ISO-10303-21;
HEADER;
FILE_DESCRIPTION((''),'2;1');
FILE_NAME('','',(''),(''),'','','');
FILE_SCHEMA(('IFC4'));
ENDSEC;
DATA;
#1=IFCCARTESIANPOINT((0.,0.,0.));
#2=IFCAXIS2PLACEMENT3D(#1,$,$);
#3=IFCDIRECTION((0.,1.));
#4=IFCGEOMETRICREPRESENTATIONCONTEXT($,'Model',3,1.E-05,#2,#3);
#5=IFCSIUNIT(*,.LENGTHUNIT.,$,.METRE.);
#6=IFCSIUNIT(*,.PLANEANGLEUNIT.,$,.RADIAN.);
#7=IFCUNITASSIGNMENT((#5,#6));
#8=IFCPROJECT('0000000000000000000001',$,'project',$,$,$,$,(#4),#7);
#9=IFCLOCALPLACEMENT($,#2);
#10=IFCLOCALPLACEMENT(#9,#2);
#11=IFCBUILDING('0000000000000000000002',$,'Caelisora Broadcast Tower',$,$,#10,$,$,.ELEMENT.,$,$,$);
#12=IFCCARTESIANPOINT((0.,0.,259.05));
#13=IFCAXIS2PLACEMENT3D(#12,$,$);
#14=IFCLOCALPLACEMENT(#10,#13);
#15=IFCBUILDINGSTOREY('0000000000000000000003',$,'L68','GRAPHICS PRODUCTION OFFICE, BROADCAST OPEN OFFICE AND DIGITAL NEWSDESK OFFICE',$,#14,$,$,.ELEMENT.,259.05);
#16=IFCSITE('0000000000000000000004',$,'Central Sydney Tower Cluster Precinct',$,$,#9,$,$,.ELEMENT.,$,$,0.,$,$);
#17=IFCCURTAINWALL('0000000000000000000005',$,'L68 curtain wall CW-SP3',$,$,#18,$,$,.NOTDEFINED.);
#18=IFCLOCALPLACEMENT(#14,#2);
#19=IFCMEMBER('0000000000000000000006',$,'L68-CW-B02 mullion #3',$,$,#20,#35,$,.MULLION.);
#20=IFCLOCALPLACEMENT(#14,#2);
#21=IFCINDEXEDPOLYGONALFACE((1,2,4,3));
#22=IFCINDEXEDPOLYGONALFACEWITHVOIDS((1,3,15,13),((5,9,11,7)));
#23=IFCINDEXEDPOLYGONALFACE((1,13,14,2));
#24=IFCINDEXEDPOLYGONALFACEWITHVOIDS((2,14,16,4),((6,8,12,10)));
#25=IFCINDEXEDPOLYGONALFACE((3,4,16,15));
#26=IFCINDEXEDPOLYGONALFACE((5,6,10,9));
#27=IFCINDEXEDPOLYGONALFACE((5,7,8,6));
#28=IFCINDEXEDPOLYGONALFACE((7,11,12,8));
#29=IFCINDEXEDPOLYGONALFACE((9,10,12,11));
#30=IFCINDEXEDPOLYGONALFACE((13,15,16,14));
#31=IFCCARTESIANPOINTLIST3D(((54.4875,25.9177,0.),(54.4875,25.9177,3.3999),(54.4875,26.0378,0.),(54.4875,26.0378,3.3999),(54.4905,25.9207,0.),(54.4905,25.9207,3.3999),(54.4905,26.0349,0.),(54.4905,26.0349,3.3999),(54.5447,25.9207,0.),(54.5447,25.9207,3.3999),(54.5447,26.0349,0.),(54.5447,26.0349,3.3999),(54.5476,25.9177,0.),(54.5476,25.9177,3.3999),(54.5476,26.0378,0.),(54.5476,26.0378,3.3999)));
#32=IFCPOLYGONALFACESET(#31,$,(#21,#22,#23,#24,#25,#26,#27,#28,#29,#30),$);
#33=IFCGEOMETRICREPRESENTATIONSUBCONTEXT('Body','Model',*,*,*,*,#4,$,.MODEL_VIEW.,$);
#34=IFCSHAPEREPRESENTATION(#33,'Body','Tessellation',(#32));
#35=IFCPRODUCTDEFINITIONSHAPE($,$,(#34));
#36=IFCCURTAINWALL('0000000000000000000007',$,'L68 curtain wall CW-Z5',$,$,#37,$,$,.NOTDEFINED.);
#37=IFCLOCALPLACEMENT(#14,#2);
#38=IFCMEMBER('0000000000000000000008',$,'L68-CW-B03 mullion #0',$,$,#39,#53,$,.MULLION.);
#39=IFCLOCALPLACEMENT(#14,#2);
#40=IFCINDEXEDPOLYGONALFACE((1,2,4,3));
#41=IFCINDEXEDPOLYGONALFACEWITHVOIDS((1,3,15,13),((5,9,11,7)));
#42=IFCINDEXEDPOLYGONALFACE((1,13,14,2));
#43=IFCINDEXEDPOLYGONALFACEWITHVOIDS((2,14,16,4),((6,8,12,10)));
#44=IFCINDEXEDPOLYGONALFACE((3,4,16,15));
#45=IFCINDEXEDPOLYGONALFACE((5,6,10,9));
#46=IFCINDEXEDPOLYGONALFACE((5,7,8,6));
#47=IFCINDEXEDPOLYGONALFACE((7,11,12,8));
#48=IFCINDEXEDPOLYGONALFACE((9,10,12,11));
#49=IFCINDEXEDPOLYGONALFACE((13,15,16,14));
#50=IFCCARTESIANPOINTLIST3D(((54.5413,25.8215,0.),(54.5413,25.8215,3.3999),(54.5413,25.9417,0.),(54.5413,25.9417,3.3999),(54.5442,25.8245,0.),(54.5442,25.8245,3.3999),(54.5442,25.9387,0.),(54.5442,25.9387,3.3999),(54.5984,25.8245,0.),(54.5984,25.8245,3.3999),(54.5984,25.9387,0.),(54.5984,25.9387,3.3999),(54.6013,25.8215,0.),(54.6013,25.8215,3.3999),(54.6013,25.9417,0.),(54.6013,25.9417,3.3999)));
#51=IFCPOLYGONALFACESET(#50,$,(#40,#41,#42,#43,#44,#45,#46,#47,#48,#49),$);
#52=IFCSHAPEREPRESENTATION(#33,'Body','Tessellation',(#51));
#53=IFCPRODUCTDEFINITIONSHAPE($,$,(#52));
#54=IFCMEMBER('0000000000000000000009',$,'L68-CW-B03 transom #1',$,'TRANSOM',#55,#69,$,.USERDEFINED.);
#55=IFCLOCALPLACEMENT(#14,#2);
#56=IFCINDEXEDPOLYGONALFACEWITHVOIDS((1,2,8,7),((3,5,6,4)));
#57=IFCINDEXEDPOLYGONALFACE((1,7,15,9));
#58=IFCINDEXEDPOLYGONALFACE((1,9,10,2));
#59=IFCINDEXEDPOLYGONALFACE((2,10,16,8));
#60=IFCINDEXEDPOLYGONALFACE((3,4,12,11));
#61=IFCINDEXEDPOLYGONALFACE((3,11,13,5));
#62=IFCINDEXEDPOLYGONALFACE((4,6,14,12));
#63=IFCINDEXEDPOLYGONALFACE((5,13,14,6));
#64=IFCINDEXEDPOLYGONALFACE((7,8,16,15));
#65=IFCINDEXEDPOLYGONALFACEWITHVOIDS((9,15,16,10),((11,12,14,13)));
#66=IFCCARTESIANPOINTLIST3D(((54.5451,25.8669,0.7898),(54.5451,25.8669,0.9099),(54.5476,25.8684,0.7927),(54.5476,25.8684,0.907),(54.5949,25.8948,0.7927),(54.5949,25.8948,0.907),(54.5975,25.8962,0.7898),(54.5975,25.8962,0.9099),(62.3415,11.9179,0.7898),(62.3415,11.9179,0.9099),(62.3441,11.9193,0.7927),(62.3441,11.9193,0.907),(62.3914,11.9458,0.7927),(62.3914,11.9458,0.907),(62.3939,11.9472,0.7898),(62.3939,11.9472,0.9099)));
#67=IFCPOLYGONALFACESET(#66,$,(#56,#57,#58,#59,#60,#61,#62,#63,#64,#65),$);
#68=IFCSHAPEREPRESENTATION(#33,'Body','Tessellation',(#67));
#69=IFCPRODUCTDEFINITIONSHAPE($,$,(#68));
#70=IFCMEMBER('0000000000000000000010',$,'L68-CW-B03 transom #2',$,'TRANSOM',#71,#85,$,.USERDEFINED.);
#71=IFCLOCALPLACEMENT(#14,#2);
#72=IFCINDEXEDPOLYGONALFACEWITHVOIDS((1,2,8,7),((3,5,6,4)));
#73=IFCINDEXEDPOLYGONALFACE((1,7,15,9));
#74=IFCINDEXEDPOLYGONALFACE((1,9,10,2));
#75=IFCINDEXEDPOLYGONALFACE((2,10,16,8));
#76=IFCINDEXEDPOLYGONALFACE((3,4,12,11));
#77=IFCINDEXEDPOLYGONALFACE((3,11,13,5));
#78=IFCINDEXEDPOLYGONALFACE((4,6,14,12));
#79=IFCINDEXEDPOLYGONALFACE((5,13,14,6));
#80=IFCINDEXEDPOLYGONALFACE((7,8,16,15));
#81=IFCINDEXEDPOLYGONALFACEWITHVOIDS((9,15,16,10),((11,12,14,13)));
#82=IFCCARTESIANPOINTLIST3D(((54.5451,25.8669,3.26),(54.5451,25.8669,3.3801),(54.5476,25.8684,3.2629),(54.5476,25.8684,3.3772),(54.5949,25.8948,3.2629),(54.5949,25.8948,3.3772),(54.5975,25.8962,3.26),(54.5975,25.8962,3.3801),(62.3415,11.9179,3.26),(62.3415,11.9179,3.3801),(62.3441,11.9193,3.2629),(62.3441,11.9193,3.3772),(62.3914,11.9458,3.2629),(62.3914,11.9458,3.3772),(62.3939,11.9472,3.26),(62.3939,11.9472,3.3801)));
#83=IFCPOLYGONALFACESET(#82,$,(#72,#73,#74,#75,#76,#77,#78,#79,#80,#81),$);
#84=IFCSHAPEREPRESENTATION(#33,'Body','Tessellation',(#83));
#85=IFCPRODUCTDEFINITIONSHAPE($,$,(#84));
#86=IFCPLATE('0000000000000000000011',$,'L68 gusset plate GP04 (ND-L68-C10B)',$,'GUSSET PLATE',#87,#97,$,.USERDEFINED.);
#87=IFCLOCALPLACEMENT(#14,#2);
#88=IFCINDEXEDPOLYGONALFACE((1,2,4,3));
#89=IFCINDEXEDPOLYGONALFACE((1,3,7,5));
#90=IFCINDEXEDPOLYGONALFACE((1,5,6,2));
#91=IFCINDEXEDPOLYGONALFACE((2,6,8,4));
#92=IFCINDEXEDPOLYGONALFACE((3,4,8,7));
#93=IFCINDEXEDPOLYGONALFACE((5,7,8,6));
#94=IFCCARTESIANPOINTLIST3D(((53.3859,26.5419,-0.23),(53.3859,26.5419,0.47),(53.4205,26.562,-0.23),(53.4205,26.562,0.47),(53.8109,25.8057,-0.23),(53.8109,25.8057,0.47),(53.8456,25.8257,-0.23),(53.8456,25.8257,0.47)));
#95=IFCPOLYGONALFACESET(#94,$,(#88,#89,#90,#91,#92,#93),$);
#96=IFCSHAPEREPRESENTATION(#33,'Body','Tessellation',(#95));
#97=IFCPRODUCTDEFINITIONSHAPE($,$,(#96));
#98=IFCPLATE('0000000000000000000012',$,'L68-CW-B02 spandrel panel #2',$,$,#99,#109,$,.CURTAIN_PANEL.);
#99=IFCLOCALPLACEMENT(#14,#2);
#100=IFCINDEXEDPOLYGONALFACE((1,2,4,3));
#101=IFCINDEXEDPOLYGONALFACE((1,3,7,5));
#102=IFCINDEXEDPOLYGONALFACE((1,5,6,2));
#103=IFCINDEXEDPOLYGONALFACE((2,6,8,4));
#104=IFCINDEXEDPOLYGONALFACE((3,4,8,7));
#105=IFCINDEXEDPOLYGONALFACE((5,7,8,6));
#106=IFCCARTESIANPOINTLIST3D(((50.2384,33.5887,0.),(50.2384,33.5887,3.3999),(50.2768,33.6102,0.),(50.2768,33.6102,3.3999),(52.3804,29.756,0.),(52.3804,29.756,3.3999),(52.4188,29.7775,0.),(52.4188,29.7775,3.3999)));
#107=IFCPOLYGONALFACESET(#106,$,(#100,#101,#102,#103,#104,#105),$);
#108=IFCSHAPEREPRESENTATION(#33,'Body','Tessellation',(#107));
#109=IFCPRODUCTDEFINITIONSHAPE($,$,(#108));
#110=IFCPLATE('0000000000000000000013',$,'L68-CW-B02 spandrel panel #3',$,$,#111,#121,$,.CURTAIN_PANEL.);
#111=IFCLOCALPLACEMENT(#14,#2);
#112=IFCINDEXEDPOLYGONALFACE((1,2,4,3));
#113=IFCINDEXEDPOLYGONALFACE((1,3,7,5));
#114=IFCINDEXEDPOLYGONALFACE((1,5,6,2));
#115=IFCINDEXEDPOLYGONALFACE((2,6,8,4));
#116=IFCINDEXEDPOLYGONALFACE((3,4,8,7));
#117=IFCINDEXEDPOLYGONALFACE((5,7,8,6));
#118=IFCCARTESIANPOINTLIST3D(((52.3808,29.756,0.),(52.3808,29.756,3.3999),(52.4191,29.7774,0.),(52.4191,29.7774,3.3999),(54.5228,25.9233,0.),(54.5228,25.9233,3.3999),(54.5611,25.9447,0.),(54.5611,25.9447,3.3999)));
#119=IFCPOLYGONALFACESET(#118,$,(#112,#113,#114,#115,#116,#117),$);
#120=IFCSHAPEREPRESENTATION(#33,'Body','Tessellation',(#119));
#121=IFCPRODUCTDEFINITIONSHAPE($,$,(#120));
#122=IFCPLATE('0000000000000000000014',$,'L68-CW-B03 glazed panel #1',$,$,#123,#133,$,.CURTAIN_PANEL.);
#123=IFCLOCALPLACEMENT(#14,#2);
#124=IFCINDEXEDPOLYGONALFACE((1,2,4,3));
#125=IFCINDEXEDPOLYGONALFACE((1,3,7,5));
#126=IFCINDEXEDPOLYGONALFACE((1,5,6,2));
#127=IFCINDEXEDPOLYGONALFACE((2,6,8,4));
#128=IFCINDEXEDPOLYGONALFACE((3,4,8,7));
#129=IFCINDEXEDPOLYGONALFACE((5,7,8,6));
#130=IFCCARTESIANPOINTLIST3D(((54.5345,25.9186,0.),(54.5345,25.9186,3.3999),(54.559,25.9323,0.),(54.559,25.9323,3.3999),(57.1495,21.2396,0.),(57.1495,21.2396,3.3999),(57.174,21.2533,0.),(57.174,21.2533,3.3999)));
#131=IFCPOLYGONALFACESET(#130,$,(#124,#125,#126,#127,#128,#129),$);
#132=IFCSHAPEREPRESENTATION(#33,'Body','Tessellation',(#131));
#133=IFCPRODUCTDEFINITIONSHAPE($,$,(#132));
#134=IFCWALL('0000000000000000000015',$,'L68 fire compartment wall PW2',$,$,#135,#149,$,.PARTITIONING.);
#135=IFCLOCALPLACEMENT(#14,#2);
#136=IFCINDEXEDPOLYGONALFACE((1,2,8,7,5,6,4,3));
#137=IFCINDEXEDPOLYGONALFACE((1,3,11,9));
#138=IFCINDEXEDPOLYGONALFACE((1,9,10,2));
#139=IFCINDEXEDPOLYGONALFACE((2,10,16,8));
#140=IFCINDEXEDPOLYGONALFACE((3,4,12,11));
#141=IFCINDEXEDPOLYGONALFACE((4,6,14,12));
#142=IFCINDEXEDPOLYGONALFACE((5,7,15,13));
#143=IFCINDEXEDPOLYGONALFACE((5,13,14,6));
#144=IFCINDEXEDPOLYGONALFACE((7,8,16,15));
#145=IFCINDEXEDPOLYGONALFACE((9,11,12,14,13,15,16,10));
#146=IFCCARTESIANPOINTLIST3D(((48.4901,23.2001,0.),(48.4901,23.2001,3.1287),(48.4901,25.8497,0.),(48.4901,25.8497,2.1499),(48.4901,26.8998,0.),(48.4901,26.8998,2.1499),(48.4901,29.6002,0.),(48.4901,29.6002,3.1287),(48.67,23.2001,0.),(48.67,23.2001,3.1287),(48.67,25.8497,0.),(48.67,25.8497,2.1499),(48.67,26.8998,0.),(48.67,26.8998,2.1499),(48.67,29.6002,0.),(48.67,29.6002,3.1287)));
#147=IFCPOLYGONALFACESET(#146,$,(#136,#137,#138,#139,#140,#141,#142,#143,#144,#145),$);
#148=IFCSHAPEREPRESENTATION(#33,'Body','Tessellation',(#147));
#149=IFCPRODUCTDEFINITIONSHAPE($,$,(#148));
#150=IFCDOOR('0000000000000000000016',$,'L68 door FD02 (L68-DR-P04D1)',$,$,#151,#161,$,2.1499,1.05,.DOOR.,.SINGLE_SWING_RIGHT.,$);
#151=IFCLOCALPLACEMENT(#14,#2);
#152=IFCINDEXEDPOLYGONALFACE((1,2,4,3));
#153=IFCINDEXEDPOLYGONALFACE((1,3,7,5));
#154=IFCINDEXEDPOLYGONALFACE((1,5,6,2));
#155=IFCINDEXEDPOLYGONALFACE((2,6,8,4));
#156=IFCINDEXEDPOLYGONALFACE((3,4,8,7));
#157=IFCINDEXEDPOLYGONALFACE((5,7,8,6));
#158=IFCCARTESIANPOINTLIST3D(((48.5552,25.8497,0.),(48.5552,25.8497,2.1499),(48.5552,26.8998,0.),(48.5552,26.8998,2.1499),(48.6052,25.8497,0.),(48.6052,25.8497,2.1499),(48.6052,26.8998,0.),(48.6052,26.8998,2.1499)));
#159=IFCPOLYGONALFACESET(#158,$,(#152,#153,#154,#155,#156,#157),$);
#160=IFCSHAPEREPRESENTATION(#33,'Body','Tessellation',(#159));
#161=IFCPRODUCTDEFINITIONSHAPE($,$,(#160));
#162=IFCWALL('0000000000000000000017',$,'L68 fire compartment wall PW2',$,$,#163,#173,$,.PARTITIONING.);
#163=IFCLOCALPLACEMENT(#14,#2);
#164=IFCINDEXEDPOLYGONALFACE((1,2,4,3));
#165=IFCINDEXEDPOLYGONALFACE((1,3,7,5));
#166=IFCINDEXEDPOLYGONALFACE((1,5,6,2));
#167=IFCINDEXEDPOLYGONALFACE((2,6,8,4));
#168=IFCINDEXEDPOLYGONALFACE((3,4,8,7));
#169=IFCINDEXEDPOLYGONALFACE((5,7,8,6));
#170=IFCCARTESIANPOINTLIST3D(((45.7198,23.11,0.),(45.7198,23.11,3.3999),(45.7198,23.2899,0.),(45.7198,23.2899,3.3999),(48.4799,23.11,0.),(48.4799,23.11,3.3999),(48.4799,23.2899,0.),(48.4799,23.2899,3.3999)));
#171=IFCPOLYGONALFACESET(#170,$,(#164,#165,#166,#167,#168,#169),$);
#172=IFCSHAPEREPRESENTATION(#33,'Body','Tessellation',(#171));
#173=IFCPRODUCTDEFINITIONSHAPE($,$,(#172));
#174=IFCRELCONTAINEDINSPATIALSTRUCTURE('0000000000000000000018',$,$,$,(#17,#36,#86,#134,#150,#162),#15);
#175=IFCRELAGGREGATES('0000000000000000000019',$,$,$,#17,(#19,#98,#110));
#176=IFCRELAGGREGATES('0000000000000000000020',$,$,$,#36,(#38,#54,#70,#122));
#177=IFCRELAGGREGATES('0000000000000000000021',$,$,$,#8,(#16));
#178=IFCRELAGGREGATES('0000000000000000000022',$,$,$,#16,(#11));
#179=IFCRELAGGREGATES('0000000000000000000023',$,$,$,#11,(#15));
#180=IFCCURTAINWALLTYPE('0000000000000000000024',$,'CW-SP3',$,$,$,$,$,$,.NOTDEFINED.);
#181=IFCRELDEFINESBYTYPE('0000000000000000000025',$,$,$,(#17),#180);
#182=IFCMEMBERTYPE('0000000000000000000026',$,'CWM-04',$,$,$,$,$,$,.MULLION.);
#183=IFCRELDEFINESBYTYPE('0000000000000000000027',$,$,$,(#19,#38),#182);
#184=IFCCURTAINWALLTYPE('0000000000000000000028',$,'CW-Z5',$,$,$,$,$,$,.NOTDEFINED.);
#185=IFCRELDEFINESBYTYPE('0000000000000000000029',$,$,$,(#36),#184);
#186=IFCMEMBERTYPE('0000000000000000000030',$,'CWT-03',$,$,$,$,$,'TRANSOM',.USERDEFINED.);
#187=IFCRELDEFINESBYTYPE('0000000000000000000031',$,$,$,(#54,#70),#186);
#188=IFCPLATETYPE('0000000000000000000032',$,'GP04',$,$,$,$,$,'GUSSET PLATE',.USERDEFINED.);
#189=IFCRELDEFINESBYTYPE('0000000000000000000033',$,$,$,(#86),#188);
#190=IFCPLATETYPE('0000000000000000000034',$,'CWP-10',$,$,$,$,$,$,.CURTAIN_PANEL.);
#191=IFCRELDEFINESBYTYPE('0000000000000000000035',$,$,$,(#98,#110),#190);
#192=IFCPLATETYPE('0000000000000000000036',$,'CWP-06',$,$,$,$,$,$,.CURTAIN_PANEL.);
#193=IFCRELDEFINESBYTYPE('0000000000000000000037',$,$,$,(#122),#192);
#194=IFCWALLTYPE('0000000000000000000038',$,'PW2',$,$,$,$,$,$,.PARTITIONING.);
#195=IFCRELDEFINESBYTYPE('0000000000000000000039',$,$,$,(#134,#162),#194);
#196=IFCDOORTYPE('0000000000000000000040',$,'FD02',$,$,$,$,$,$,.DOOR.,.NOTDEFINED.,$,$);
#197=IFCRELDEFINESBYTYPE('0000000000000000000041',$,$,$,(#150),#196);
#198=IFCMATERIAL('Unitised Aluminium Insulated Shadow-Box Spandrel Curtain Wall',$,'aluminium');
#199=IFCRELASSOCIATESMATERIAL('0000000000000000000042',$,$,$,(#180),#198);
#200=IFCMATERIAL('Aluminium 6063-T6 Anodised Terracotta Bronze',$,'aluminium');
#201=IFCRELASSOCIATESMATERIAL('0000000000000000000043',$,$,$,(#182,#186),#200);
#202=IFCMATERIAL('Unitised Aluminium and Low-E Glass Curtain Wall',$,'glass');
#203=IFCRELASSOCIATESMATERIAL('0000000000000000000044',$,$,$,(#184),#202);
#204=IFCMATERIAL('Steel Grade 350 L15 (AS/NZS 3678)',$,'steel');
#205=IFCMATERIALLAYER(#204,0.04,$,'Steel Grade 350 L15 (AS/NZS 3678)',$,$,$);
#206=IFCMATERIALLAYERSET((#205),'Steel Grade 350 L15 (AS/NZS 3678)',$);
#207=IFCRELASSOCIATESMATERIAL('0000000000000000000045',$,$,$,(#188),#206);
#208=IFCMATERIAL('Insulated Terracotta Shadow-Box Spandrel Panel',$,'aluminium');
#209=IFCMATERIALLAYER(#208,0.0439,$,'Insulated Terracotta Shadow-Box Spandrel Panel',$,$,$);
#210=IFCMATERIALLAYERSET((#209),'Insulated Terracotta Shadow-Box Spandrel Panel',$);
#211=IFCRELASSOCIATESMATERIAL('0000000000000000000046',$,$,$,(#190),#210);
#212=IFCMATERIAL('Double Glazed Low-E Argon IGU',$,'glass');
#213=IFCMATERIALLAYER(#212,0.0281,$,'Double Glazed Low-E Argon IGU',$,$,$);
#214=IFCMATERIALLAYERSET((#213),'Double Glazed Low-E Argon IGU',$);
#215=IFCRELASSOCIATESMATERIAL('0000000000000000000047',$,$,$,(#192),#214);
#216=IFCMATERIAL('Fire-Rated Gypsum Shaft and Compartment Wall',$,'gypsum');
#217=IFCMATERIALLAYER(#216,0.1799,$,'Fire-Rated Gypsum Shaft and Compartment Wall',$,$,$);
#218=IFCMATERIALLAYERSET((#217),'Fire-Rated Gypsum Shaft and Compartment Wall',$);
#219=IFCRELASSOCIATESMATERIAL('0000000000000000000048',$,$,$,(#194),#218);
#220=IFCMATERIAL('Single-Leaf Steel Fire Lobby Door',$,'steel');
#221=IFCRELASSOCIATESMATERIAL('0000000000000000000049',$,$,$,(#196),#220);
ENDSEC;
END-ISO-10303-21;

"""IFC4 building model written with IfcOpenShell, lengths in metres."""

from ifc_helpers import new_model, si_unit, direction, frame, frame_2d, origin, origin_2d, place, context, subcontext, project, spatial, rectangle, hollow_rectangle, extrude, source, transform, mapped, material, layer, layer_set, material_profile, profile_set, type_object, type_shapes, element, fill, aggregate, save


model = new_model("IFC4")

# Units and contexts
model_context = context("Model", 3, precision=1e-05, world=origin(), true_north=direction((0.0, 1.0)))
body_context = subcontext(model_context, "Body", "Model", "MODEL_VIEW")
ifc_project = project(units=[si_unit("LENGTHUNIT", "METRE"), si_unit("PLANEANGLEUNIT", "RADIAN")], contexts=[model_context])

# Site, building, storey
site_placement = place(None, origin())
site = spatial("IfcSite", under=ifc_project, at=site_placement, Name="Central Sydney Tower Cluster Precinct", CompositionType="ELEMENT", RefElevation=0.0)
building_placement = place(site_placement, origin())
building = spatial("IfcBuilding", under=site, at=building_placement, Name="Caelisora Broadcast Tower", CompositionType="ELEMENT")
storey_placement = place(building_placement, frame((0.0, 0.0, 259.05)))
storey = spatial("IfcBuildingStorey", under=building, at=storey_placement, Name="L68", Description="GRAPHICS PRODUCTION OFFICE, BROADCAST OPEN OFFICE AND DIGITAL NEWSDESK OFFICE", CompositionType="ELEMENT", Elevation=259.05)

# Shared definitions
ifc_material_1 = material(Name="Steel Grade 350 L15 (AS/NZS 3678)", Category="steel")

# Curtain walls, members
ifc_material_2 = material(Name="Unitised Aluminium Insulated Shadow-Box Spandrel Curtain Wall", Category="aluminium")
curtain_wall_type_1 = type_object("IfcCurtainWallType", Name="CW-SP3", PredefinedType="NOTDEFINED", material=ifc_material_2)
curtain_wall_1_placement = place(storey_placement, origin())
curtain_wall_1 = element("IfcCurtainWall", 1, at=curtain_wall_1_placement, inside=storey, type_object=curtain_wall_type_1, Name="L68 curtain wall CW-SP3", PredefinedType="NOTDEFINED")
ifc_material_3 = material(Name="Aluminium 6063-T6 Anodised Terracotta Bronze", Category="aluminium")
ifc_material_profile_1 = material_profile(ifc_material_3, hollow_rectangle(XDim=0.0601, YDim=0.1201, WallThickness=0.0029, at=origin_2d()), Name="Aluminium 6063-T6 Anodised Terracotta Bronze")
ifc_profile_set_1 = profile_set([ifc_material_profile_1], Name="Aluminium 6063-T6 Anodised Terracotta Bronze")
member_type_1 = type_object("IfcMemberType", Name="CWM-04", PredefinedType="MULLION", material=ifc_profile_set_1)
shared_shape_1 = source(origin(), body_context, "Body", "SweptSolid", [
    extrude(hollow_rectangle(XDim=0.0601, YDim=0.1201, WallThickness=0.0029, at=origin_2d()), origin(), (0.0, 0.0, 1.0), 3.3999),
])
type_shapes(member_type_1, [shared_shape_1])
member_1_placement = place(storey_placement, frame((54.5176, 25.9778, 0.0), z_axis=(0.0, 0.0, 1.0), x_axis=(1.0, 0.0, 0.0)))
member_1 = element("IfcMember", 2, at=member_1_placement, type_object=member_type_1, Name="L68-CW-B02 mullion #3", PredefinedType="MULLION", context=body_context, shape_type="MappedRepresentation", body=[
    mapped(shared_shape_1, transform((0.0, 0.0, 0.0), scale=1.0)),
])
ifc_material_4 = material(Name="Unitised Aluminium and Low-E Glass Curtain Wall", Category="glass")
curtain_wall_type_2 = type_object("IfcCurtainWallType", Name="CW-Z5", PredefinedType="NOTDEFINED", material=ifc_material_4)
curtain_wall_2_placement = place(storey_placement, origin())
curtain_wall_2 = element("IfcCurtainWall", 3, at=curtain_wall_2_placement, inside=storey, type_object=curtain_wall_type_2, Name="L68 curtain wall CW-Z5", PredefinedType="NOTDEFINED")
member_2_placement = place(storey_placement, frame((54.5713, 25.8816, 0.0), z_axis=(0.0, 0.0, 1.0), x_axis=(1.0, 0.0, 0.0)))
member_2 = element("IfcMember", 4, at=member_2_placement, type_object=member_type_1, Name="L68-CW-B03 mullion #0", PredefinedType="MULLION", context=body_context, shape_type="MappedRepresentation", body=[
    mapped(shared_shape_1, transform((0.0, 0.0, 0.0), scale=1.0)),
])
ifc_material_profile_2 = material_profile(ifc_material_3, hollow_rectangle(XDim=0.0601, YDim=0.1201, WallThickness=0.0029, at=origin_2d()), Name="Aluminium 6063-T6 Anodised Terracotta Bronze")
ifc_profile_set_2 = profile_set([ifc_material_profile_2], Name="Aluminium 6063-T6 Anodised Terracotta Bronze")
member_type_2 = type_object("IfcMemberType", Name="CWT-03", ElementType="TRANSOM", PredefinedType="USERDEFINED", material=ifc_profile_set_2)
shared_shape_2 = source(origin(), body_context, "Body", "SweptSolid", [
    extrude(hollow_rectangle(XDim=0.0601, YDim=0.1201, WallThickness=0.0029, at=origin_2d()), origin(), (0.0, 0.0, 1.0), 15.98),
])
type_shapes(member_type_2, [shared_shape_2])
member_3_placement = place(storey_placement, frame((54.5713, 25.8816, 0.8499), z_axis=(0.487887, -0.872907, 0.0), x_axis=(0.872907, 0.487887, 0.0)))
member_3 = element("IfcMember", 5, at=member_3_placement, type_object=member_type_2, Name="L68-CW-B03 transom #1", ObjectType="TRANSOM", PredefinedType="USERDEFINED", context=body_context, shape_type="MappedRepresentation", body=[
    mapped(shared_shape_2, transform((0.0, 0.0, 0.0), scale=1.0)),
])
member_4_placement = place(storey_placement, frame((54.5713, 25.8816, 3.3201), z_axis=(0.487887, -0.872907, 0.0), x_axis=(0.872907, 0.487887, 0.0)))
member_4 = element("IfcMember", 6, at=member_4_placement, type_object=member_type_2, Name="L68-CW-B03 transom #2", ObjectType="TRANSOM", PredefinedType="USERDEFINED", context=body_context, shape_type="MappedRepresentation", body=[
    mapped(shared_shape_2, transform((0.0, 0.0, 0.0), scale=1.0)),
])

# Plates
ifc_layer_1 = layer(ifc_material_1, 0.04, Name="Steel Grade 350 L15 (AS/NZS 3678)")
ifc_layer_set_1 = layer_set([ifc_layer_1], Name="Steel Grade 350 L15 (AS/NZS 3678)")
plate_type_1 = type_object("IfcPlateType", Name="GP04", ElementType="GUSSET PLATE", PredefinedType="USERDEFINED", material=ifc_layer_set_1)
shared_shape_3 = source(origin(), body_context, "Body", "SweptSolid", [
    extrude(rectangle(XDim=0.8501, YDim=0.04, at=origin_2d()), origin(), (0.0, 0.0, 1.0), 0.7),
])
type_shapes(plate_type_1, [shared_shape_3])
plate_1_placement = place(storey_placement, frame((53.6157, 26.1838, -0.23), z_axis=(0.0, 0.0, 1.0), x_axis=(-0.5, 0.866025, 0.0)))
element("IfcPlate", 7, at=plate_1_placement, inside=storey, type_object=plate_type_1, Name="L68 gusset plate GP04 (ND-L68-C10B)", ObjectType="GUSSET PLATE", PredefinedType="USERDEFINED", context=body_context, shape_type="MappedRepresentation", body=[
    mapped(shared_shape_3, transform((0.0, 0.0, 0.0), scale=1.0)),
])
ifc_material_5 = material(Name="Insulated Terracotta Shadow-Box Spandrel Panel", Category="aluminium")
ifc_layer_2 = layer(ifc_material_5, 0.0439, Name="Insulated Terracotta Shadow-Box Spandrel Panel")
ifc_layer_set_2 = layer_set([ifc_layer_2], Name="Insulated Terracotta Shadow-Box Spandrel Panel")
plate_type_2 = type_object("IfcPlateType", Name="CWP-10", PredefinedType="CURTAIN_PANEL", material=ifc_layer_set_2)
shared_shape_4 = source(origin(), body_context, "Body", "SweptSolid", [
    extrude(rectangle(XDim=4.3906, YDim=0.0439, at=origin_2d()), origin(), (0.0, 0.0, 1.0), 3.3999),
])
type_shapes(plate_type_2, [shared_shape_4])
plate_2_placement = place(storey_placement, frame((51.3286, 31.6831, 0.0), z_axis=(0.0, 0.0, 1.0), x_axis=(0.48786, -0.872922, 0.0)))
plate_2 = element("IfcPlate", 8, at=plate_2_placement, type_object=plate_type_2, Name="L68-CW-B02 spandrel panel #2", PredefinedType="CURTAIN_PANEL", context=body_context, shape_type="MappedRepresentation", body=[
    mapped(shared_shape_4, transform((0.0, 0.0, 0.0), scale=1.0)),
])
plate_3_placement = place(storey_placement, frame((53.4709, 27.8503, 0.0), z_axis=(0.0, 0.0, 1.0), x_axis=(0.48786, -0.872922, 0.0)))
plate_3 = element("IfcPlate", 9, at=plate_3_placement, type_object=plate_type_2, Name="L68-CW-B02 spandrel panel #3", PredefinedType="CURTAIN_PANEL", context=body_context, shape_type="MappedRepresentation", body=[
    mapped(shared_shape_4, transform((0.0, 0.0, 0.0), scale=1.0)),
])
aggregate(curtain_wall_1, [member_1, plate_2, plate_3])
ifc_material_6 = material(Name="Double Glazed Low-E Argon IGU", Category="glass")
ifc_layer_3 = layer(ifc_material_6, 0.0281, Name="Double Glazed Low-E Argon IGU")
ifc_layer_set_3 = layer_set([ifc_layer_3], Name="Double Glazed Low-E Argon IGU")
plate_type_3 = type_object("IfcPlateType", Name="CWP-06", PredefinedType="CURTAIN_PANEL", material=ifc_layer_set_3)
shared_shape_5 = source(origin(), body_context, "Body", "SweptSolid", [
    extrude(rectangle(XDim=5.3601, YDim=0.0281, at=origin_2d()), origin(), (0.0, 0.0, 1.0), 3.3999),
])
type_shapes(plate_type_3, [shared_shape_5])
plate_4_placement = place(storey_placement, frame((55.8542, 23.5859, 0.0), z_axis=(0.0, 0.0, 1.0), x_axis=(0.48786, -0.872922, 0.0)))
plate_4 = element("IfcPlate", 10, at=plate_4_placement, type_object=plate_type_3, Name="L68-CW-B03 glazed panel #1", PredefinedType="CURTAIN_PANEL", context=body_context, shape_type="MappedRepresentation", body=[
    mapped(shared_shape_5, transform((0.0, 0.0, 0.0), scale=1.0)),
])
aggregate(curtain_wall_2, [member_2, member_3, member_4, plate_4])

# Wall, opening, door
ifc_material_7 = material(Name="Fire-Rated Gypsum Shaft and Compartment Wall", Category="gypsum")
ifc_layer_4 = layer(ifc_material_7, 0.1799, Name="Fire-Rated Gypsum Shaft and Compartment Wall")
ifc_layer_set_4 = layer_set([ifc_layer_4], Name="Fire-Rated Gypsum Shaft and Compartment Wall")
wall_type_1 = type_object("IfcWallType", Name="PW2", PredefinedType="PARTITIONING", material=ifc_layer_set_4)
wall_1_placement = place(storey_placement, frame((48.5801, 23.2, 0.0), z_axis=(0.0, 0.0, 1.0), x_axis=(0.0, 1.0, 0.0)))
wall_1 = element("IfcWall", 11, at=wall_1_placement, inside=storey, type_object=wall_type_1, Name="L68 fire compartment wall PW2", PredefinedType="PARTITIONING", context=body_context, shape_type="SweptSolid", body=[
    extrude(rectangle(XDim=6.4001, YDim=0.1799, at=frame_2d((3.2002, 0.0))), origin(), (0.0, 0.0, 1.0), 3.1287),
])
opening_placement = place(wall_1_placement, frame((2.6499, 0.0, 0.0)))
opening = element("IfcOpeningElement", 12, at=opening_placement, cuts=wall_1, PredefinedType="OPENING", context=body_context, shape_type="SweptSolid", body=[
    extrude(rectangle(XDim=1.05, YDim=2.1499, at=frame_2d((0.5249, 1.075))), frame((0.0, 0.1021, 0.0), z_axis=(0.0, -1.0, 0.0), x_axis=(1.0, 0.0, 0.0)), (0.0, 0.0, 1.0), 0.2039),
])
ifc_material_8 = material(Name="Single-Leaf Steel Fire Lobby Door", Category="steel")
door_type = type_object("IfcDoorType", Name="FD02", OperationType="NOTDEFINED", PredefinedType="DOOR", material=ifc_material_8)
door_placement = place(opening_placement, origin())
door = element("IfcDoor", 13, at=door_placement, inside=storey, type_object=door_type, Name="L68 door FD02 (L68-DR-P04D1)", OperationType="SINGLE_SWING_RIGHT", OverallHeight=2.1499, OverallWidth=1.05, PredefinedType="DOOR", context=body_context, shape_type="SweptSolid", body=[
    extrude(rectangle(XDim=1.05, YDim=2.1499, at=frame_2d((0.5249, 1.075))), frame((0.0, 0.0249, 0.0), z_axis=(0.0, -1.0, 0.0), x_axis=(1.0, 0.0, 0.0)), (0.0, 0.0, 1.0), 0.05),
])
fill(opening, door)

# Wall
for number, where, z_axis, x_axis, name in (
    (14, (45.72, 23.2, 0.0), (0.0, 0.0, 1.0), (1.0, 0.0, 0.0), "L68 fire compartment wall PW2"),
):
    element("IfcWall", number, at=place(storey_placement, frame(where, z_axis=z_axis, x_axis=x_axis)), inside=storey, type_object=wall_type_1, Name=name, PredefinedType="PARTITIONING", context=body_context, shape_type="SweptSolid", body=[
        extrude(rectangle(XDim=2.76, YDim=0.1799, at=frame_2d((1.3799, 0.0))), origin(), (0.0, 0.0, 1.0), 3.3999),
    ])

save(model, "model.ifc")
